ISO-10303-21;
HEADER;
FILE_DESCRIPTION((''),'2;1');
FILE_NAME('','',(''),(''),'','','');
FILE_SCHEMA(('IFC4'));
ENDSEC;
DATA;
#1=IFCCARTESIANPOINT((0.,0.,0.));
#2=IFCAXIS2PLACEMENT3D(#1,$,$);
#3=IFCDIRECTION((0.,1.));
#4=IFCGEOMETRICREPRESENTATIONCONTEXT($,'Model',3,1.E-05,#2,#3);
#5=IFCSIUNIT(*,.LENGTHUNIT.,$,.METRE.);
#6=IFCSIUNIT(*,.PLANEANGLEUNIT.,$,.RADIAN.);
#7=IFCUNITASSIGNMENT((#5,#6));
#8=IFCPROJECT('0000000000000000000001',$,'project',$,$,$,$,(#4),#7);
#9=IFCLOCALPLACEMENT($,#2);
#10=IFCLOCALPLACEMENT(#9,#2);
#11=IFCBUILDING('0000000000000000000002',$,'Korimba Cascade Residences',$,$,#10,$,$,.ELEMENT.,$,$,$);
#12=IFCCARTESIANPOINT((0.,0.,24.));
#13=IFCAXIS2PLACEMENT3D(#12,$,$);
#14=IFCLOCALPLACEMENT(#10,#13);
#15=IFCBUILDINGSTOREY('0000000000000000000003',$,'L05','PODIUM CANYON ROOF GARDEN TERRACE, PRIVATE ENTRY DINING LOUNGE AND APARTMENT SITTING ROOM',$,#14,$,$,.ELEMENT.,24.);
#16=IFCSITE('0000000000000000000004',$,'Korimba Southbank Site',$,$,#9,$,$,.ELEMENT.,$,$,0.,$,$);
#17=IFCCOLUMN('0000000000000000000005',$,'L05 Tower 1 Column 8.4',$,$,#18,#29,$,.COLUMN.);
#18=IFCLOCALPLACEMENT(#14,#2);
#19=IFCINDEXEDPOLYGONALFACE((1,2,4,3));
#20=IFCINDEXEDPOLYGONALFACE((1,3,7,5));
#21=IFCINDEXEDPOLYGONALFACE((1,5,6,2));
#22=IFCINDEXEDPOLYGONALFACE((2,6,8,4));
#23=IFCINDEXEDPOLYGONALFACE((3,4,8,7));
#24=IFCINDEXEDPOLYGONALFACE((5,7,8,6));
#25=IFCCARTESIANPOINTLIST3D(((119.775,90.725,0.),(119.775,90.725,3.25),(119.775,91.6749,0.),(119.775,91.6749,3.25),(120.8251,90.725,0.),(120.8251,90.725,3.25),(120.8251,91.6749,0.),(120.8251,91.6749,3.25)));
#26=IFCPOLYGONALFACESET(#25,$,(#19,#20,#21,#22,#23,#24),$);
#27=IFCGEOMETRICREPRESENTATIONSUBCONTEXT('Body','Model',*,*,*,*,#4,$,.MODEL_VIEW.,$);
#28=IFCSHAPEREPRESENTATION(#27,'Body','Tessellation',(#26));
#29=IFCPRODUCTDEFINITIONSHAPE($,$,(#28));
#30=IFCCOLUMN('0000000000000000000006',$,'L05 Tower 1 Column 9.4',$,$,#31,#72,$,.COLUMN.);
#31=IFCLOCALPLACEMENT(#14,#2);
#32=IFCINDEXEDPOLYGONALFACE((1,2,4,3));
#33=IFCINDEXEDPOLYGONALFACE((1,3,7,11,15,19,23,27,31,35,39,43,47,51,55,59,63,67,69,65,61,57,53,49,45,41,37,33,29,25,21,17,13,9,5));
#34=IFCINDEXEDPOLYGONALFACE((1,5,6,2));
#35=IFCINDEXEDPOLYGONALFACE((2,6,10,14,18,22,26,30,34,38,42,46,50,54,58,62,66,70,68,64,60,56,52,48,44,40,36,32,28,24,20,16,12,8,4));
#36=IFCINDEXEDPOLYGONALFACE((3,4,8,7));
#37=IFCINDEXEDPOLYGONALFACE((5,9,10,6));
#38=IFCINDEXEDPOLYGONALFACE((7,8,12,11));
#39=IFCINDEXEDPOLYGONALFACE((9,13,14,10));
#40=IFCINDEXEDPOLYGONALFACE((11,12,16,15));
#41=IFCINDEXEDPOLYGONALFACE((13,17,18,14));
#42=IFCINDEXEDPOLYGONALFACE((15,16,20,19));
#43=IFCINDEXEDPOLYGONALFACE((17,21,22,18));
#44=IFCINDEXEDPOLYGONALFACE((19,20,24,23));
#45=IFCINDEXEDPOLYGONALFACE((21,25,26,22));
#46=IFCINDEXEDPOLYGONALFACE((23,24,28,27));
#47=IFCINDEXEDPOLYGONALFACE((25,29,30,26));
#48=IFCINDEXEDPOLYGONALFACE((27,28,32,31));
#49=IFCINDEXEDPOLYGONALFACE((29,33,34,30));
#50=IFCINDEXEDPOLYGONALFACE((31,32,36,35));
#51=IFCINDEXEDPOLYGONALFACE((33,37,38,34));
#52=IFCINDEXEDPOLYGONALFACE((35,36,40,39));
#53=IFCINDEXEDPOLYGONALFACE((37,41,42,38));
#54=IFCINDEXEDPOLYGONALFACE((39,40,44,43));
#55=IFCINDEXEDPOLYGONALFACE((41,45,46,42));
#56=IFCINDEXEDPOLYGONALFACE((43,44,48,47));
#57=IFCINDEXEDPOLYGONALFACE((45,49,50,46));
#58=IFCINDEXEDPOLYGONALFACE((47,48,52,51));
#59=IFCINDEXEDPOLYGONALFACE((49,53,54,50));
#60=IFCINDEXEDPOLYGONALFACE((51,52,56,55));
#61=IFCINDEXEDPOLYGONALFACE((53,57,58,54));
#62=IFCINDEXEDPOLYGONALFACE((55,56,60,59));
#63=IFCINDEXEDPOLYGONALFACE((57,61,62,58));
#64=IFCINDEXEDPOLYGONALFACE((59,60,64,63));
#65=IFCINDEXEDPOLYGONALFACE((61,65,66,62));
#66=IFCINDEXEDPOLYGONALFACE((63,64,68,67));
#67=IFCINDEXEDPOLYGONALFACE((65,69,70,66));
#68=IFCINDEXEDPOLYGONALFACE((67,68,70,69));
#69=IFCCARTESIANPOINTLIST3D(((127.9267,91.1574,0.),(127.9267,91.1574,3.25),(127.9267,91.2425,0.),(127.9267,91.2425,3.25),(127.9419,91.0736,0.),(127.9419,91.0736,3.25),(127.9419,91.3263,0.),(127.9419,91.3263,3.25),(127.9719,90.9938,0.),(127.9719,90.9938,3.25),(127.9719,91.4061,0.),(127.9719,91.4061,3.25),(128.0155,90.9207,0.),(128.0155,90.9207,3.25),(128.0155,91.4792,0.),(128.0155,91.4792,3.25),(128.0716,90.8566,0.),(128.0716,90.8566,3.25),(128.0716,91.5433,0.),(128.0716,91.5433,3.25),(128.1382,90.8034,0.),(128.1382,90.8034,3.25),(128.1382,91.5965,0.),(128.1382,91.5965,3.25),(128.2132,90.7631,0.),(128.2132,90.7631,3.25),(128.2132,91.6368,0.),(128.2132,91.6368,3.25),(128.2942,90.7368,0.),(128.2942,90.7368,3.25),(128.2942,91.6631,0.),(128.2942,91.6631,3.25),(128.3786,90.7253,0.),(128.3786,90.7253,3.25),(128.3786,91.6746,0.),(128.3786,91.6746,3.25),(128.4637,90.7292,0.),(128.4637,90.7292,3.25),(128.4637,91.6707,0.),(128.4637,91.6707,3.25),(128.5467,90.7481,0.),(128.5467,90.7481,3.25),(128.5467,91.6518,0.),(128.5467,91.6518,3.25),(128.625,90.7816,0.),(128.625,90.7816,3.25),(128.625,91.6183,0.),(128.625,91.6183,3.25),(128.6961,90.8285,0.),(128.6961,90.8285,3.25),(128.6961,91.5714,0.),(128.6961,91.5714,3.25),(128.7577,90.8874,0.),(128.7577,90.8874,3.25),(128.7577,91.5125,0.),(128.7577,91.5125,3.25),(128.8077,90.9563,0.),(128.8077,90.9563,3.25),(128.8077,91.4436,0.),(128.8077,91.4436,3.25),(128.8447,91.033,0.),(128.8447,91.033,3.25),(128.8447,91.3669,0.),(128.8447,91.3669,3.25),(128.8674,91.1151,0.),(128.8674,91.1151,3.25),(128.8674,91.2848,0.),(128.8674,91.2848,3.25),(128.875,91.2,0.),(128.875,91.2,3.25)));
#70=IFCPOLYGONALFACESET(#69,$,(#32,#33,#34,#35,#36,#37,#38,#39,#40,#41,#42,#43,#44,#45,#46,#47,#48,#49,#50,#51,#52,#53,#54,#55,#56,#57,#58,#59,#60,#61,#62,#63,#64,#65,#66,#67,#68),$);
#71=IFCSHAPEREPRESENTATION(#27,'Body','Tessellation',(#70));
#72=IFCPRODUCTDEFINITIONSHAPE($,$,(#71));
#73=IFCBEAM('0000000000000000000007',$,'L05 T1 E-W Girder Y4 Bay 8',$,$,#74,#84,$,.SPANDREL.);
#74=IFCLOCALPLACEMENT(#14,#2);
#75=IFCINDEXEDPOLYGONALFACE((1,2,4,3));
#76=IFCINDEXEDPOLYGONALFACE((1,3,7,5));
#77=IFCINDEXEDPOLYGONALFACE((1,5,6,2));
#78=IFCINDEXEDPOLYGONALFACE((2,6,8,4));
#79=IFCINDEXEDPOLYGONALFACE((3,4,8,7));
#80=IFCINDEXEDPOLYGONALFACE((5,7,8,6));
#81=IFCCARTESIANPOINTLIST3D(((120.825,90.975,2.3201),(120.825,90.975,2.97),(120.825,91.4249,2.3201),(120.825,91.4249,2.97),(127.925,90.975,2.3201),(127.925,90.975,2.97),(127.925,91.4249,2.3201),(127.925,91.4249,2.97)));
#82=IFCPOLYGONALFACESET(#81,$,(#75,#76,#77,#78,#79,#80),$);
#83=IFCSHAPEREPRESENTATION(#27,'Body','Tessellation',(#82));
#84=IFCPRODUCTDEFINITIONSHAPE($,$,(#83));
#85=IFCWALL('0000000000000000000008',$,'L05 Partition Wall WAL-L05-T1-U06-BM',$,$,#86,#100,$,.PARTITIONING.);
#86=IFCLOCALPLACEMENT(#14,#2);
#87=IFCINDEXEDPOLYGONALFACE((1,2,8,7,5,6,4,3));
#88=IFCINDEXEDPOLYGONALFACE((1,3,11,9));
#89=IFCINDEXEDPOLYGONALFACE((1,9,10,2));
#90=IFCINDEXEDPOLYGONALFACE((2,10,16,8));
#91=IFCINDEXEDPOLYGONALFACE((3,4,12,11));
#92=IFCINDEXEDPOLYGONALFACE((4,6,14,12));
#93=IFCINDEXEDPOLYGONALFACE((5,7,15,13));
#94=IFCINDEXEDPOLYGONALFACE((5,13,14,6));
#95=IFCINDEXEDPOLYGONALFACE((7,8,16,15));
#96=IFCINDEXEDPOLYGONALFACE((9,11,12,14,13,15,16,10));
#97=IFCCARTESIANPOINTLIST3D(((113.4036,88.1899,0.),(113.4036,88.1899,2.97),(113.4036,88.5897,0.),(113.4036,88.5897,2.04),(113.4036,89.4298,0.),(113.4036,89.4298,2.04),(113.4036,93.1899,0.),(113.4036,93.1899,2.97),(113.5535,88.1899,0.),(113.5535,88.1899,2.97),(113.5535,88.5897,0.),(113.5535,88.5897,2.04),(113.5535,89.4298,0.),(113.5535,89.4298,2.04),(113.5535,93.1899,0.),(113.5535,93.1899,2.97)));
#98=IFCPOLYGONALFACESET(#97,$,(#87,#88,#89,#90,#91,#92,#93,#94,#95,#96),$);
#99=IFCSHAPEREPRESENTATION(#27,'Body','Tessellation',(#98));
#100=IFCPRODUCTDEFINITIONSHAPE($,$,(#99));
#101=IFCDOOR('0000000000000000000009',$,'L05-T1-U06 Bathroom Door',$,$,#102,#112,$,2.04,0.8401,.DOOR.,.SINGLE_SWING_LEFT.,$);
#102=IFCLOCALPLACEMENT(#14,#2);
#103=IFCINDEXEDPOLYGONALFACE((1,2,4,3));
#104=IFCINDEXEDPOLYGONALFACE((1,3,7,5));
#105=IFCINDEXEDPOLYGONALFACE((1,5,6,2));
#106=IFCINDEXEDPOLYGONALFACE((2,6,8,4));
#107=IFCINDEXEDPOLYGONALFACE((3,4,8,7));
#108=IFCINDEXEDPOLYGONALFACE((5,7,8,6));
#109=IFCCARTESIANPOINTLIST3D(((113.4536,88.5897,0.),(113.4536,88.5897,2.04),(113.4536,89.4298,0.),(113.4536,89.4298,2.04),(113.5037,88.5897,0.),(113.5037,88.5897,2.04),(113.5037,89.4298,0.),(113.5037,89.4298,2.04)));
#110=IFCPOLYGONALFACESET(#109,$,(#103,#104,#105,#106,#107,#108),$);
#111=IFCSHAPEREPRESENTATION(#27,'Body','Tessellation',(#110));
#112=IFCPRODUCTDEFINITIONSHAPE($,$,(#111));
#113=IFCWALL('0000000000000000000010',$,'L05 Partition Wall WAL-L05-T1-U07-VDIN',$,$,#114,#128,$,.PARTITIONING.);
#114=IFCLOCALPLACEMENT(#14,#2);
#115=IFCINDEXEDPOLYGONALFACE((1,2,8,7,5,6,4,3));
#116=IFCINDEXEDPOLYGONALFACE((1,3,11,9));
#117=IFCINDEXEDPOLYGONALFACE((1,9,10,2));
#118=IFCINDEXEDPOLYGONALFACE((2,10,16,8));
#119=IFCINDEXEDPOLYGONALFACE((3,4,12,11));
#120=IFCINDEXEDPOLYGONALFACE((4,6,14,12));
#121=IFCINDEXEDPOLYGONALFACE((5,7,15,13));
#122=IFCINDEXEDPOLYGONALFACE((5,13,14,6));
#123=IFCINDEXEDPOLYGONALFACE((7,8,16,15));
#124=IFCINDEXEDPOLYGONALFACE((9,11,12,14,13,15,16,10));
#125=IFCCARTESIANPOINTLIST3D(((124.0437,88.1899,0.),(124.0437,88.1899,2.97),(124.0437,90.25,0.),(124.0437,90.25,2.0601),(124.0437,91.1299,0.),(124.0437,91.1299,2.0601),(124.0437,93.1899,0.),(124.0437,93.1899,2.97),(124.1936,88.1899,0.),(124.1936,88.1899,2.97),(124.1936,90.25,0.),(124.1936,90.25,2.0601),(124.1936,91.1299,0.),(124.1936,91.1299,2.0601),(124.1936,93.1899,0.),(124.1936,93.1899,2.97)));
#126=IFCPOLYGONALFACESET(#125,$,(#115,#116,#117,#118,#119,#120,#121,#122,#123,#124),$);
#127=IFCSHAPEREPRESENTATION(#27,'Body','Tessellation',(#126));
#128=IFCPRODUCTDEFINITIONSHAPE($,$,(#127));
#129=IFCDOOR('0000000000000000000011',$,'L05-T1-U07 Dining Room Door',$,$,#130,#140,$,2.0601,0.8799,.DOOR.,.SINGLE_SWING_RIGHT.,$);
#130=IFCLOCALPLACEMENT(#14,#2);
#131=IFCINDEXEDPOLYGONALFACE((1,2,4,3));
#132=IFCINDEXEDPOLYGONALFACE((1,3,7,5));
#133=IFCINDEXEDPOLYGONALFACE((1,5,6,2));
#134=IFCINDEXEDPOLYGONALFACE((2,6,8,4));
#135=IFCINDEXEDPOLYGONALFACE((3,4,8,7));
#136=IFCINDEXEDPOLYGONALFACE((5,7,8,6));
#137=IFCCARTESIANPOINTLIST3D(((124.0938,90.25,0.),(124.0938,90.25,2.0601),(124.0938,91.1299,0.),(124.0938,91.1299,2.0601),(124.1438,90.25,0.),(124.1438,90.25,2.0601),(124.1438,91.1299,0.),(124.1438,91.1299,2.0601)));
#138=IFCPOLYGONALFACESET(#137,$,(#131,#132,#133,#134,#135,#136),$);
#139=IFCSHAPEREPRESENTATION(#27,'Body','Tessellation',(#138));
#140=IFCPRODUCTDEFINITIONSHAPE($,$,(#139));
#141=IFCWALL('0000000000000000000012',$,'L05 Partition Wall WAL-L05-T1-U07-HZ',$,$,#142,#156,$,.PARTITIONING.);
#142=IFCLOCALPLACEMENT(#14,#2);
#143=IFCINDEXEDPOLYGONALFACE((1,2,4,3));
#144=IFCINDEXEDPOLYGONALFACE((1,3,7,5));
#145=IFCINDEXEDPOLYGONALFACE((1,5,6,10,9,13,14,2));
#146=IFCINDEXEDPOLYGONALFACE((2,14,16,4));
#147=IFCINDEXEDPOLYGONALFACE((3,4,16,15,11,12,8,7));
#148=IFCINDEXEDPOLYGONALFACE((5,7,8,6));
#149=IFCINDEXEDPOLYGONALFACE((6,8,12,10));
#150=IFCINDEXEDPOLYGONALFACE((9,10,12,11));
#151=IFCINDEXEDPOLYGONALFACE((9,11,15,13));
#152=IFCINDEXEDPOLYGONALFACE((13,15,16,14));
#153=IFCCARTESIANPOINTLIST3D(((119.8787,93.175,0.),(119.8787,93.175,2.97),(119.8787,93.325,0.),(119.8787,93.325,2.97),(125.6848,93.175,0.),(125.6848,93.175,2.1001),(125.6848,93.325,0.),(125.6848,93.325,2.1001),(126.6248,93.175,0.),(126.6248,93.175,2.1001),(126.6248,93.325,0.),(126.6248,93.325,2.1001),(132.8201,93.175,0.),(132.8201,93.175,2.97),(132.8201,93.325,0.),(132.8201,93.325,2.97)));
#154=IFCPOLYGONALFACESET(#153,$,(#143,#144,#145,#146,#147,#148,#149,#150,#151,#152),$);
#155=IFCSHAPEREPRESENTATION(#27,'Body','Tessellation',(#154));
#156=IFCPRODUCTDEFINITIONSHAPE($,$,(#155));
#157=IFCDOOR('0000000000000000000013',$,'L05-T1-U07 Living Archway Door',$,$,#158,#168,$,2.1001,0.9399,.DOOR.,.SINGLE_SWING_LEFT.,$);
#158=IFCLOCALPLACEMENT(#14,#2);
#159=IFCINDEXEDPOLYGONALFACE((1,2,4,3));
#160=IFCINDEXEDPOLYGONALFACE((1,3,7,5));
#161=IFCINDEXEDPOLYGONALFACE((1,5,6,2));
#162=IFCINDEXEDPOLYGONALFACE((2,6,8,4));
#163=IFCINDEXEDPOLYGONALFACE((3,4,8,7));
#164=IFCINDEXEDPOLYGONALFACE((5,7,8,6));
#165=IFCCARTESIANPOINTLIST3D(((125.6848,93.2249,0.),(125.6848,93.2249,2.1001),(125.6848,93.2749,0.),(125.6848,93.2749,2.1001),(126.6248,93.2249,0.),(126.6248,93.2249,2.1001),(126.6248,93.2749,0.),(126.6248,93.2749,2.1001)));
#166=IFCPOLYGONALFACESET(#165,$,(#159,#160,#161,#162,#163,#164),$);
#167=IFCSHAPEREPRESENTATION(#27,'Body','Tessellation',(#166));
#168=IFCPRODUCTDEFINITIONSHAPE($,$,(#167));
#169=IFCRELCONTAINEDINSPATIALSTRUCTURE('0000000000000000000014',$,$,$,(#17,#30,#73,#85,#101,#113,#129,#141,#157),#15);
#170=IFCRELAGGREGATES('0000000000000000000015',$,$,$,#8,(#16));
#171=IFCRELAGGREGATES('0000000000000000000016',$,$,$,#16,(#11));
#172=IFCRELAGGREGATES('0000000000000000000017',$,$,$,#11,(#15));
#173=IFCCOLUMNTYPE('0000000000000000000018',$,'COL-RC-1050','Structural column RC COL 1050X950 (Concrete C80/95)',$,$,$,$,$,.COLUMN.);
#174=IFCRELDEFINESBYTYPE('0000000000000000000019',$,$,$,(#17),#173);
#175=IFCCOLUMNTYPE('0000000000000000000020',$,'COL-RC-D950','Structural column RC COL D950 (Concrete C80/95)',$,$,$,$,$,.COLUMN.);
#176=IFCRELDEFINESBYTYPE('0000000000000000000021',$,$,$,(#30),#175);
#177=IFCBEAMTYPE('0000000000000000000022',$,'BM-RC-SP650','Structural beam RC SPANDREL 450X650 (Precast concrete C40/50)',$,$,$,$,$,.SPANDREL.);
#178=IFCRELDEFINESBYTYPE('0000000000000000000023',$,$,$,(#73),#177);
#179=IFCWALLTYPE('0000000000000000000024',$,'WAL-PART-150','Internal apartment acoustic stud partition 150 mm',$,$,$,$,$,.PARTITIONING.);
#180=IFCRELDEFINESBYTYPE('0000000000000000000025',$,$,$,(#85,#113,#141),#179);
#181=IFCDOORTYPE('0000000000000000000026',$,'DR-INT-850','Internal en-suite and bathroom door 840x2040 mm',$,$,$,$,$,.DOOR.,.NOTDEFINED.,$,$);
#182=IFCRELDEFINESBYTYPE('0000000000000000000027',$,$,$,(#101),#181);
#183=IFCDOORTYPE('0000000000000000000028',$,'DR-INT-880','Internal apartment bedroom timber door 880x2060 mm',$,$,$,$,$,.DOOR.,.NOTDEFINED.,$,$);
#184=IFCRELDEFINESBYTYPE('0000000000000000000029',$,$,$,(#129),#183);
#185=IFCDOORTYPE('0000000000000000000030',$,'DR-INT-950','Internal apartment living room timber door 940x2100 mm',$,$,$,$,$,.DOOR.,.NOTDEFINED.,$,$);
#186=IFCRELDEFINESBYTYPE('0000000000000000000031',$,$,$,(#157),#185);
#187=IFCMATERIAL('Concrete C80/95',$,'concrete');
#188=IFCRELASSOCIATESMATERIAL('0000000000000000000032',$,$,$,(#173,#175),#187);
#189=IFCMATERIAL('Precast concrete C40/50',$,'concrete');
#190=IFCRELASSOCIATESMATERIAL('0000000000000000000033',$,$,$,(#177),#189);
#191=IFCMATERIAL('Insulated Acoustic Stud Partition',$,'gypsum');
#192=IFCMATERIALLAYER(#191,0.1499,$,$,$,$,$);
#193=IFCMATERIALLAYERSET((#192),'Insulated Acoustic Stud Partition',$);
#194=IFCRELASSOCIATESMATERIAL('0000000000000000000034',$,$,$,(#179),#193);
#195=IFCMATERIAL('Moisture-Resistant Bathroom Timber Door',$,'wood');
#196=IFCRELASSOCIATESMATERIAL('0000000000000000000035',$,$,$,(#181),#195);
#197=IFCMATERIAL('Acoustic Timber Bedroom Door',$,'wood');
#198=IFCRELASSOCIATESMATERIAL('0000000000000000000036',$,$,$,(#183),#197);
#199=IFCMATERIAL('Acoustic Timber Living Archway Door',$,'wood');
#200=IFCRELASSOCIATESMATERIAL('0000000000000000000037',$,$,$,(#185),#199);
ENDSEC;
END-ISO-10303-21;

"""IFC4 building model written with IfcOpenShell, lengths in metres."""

from ifc_helpers import new_model, si_unit, direction, frame, frame_2d, origin, origin_2d, place, context, subcontext, project, spatial, rectangle, circle, extrude, material, layer, layer_set, material_profile, profile_set, type_object, element, fill, save


model = new_model("IFC4")

# Units and contexts
model_context = context("Model", 3, precision=1e-05, world=origin(), true_north=direction((0.0, 1.0)))
body_context = subcontext(model_context, "Body", "Model", "MODEL_VIEW")
ifc_project = project(units=[si_unit("LENGTHUNIT", "METRE"), si_unit("PLANEANGLEUNIT", "RADIAN")], contexts=[model_context])

# Site, building, storey
site_placement = place(None, origin())
site = spatial("IfcSite", under=ifc_project, at=site_placement, Name="Korimba Southbank Site", CompositionType="ELEMENT", RefElevation=0.0)
building_placement = place(site_placement, origin())
building = spatial("IfcBuilding", under=site, at=building_placement, Name="Korimba Cascade Residences", CompositionType="ELEMENT")
storey_placement = place(building_placement, frame((0.0, 0.0, 24.0)))
storey = spatial("IfcBuildingStorey", under=building, at=storey_placement, Name="L05", Description="PODIUM CANYON ROOF GARDEN TERRACE, PRIVATE ENTRY DINING LOUNGE AND APARTMENT SITTING ROOM", CompositionType="ELEMENT", Elevation=24.0)

# Columns
ifc_material_1 = material(Name="Concrete C80/95", Category="concrete")
ifc_material_profile_1 = material_profile(ifc_material_1, rectangle(XDim=1.05, YDim=0.95, at=origin_2d()), Name="Concrete C80/95")
ifc_profile_set_1 = profile_set([ifc_material_profile_1], Name="Concrete C80/95")
column_type_1 = type_object("IfcColumnType", Name="COL-RC-1050", Description="Structural column RC COL 1050X950 (Concrete C80/95)", PredefinedType="COLUMN", material=ifc_profile_set_1)
column_1_placement = place(storey_placement, frame((120.3, 91.2, 0.0), z_axis=(0.0, 0.0, 1.0), x_axis=(1.0, 0.0, 0.0)))
element("IfcColumn", 1, at=column_1_placement, inside=storey, type_object=column_type_1, Name="L05 Tower 1 Column 8.4", PredefinedType="COLUMN", context=body_context, shape_type="SweptSolid", body=[
    extrude(rectangle(XDim=1.05, YDim=0.95, at=origin_2d()), origin(), (0.0, 0.0, 1.0), 3.25),
])
ifc_material_profile_2 = material_profile(ifc_material_1, circle(Radius=0.4751, at=origin_2d()), Name="Concrete C80/95")
ifc_profile_set_2 = profile_set([ifc_material_profile_2], Name="Concrete C80/95")
column_type_2 = type_object("IfcColumnType", Name="COL-RC-D950", Description="Structural column RC COL D950 (Concrete C80/95)", PredefinedType="COLUMN", material=ifc_profile_set_2)
column_2_placement = place(storey_placement, frame((128.3999, 91.2, 0.0), z_axis=(0.0, 0.0, 1.0), x_axis=(1.0, 0.0, 0.0)))
element("IfcColumn", 2, at=column_2_placement, inside=storey, type_object=column_type_2, Name="L05 Tower 1 Column 9.4", PredefinedType="COLUMN", context=body_context, shape_type="SweptSolid", body=[
    extrude(circle(Radius=0.4751, at=origin_2d()), origin(), (0.0, 0.0, 1.0), 3.25),
])

# Beam
ifc_material_2 = material(Name="Precast concrete C40/50", Category="concrete")
ifc_material_profile_3 = material_profile(ifc_material_2, rectangle(XDim=0.45, YDim=0.6499, at=origin_2d()), Name="Precast concrete C40/50")
ifc_profile_set_3 = profile_set([ifc_material_profile_3], Name="Precast concrete C40/50")
beam_type = type_object("IfcBeamType", Name="BM-RC-SP650", Description="Structural beam RC SPANDREL 450X650 (Precast concrete C40/50)", PredefinedType="SPANDREL", material=ifc_profile_set_3)
beam_placement = place(storey_placement, frame((120.825, 91.2, 2.645), z_axis=(1.0, 0.0, 0.0), x_axis=(0.0, 1.0, 0.0)))
element("IfcBeam", 3, at=beam_placement, inside=storey, type_object=beam_type, Name="L05 T1 E-W Girder Y4 Bay 8", PredefinedType="SPANDREL", context=body_context, shape_type="SweptSolid", body=[
    extrude(rectangle(XDim=0.45, YDim=0.6499, at=origin_2d()), origin(), (0.0, 0.0, 1.0), 7.1001),
])

# Walls, openings, doors
ifc_material_3 = material(Name="Insulated Acoustic Stud Partition", Category="gypsum")
ifc_layer = layer(ifc_material_3, 0.1499)
ifc_layer_set = layer_set([ifc_layer], Name="Insulated Acoustic Stud Partition")
wall_type = type_object("IfcWallType", Name="WAL-PART-150", Description="Internal apartment acoustic stud partition 150 mm", PredefinedType="PARTITIONING", material=ifc_layer_set)
wall_1_placement = place(storey_placement, frame((113.4785, 88.1899, 0.0), z_axis=(0.0, 0.0, 1.0), x_axis=(0.0, 1.0, 0.0)))
wall_1 = element("IfcWall", 4, at=wall_1_placement, inside=storey, type_object=wall_type, Name="L05 Partition Wall WAL-L05-T1-U06-BM", PredefinedType="PARTITIONING", context=body_context, shape_type="SweptSolid", body=[
    extrude(rectangle(XDim=5.0, YDim=0.1499, at=frame_2d((2.5, 0.0))), origin(), (0.0, 0.0, 1.0), 2.97),
])
opening_1_placement = place(wall_1_placement, frame((0.3999, 0.0, 0.0)))
opening_1 = element("IfcOpeningElement", 5, at=opening_1_placement, cuts=wall_1, PredefinedType="OPENING", context=body_context, shape_type="SweptSolid", body=[
    extrude(rectangle(XDim=0.8401, YDim=2.04, at=frame_2d((0.4199, 1.02))), frame((0.0, 0.085, 0.0), z_axis=(0.0, -1.0, 0.0), x_axis=(1.0, 0.0, 0.0)), (0.0, 0.0, 1.0), 0.1699),
])
ifc_material_4 = material(Name="Moisture-Resistant Bathroom Timber Door", Category="wood")
door_type_1 = type_object("IfcDoorType", Name="DR-INT-850", Description="Internal en-suite and bathroom door 840x2040 mm", OperationType="NOTDEFINED", PredefinedType="DOOR", material=ifc_material_4)
door_1_placement = place(opening_1_placement, origin())
door_1 = element("IfcDoor", 6, at=door_1_placement, inside=storey, type_object=door_type_1, Name="L05-T1-U06 Bathroom Door", OperationType="SINGLE_SWING_LEFT", OverallHeight=2.04, OverallWidth=0.8401, PredefinedType="DOOR", context=body_context, shape_type="SweptSolid", body=[
    extrude(rectangle(XDim=0.8401, YDim=2.04, at=frame_2d((0.4199, 1.02))), frame((0.0, 0.0249, 0.0), z_axis=(0.0, -1.0, 0.0), x_axis=(1.0, 0.0, 0.0)), (0.0, 0.0, 1.0), 0.05),
])
fill(opening_1, door_1)
wall_2_placement = place(storey_placement, frame((124.1187, 88.1899, 0.0), z_axis=(0.0, 0.0, 1.0), x_axis=(0.0, 1.0, 0.0)))
wall_2 = element("IfcWall", 7, at=wall_2_placement, inside=storey, type_object=wall_type, Name="L05 Partition Wall WAL-L05-T1-U07-VDIN", PredefinedType="PARTITIONING", context=body_context, shape_type="SweptSolid", body=[
    extrude(rectangle(XDim=5.0, YDim=0.1499, at=frame_2d((2.5, 0.0))), origin(), (0.0, 0.0, 1.0), 2.97),
])
opening_2_placement = place(wall_2_placement, frame((2.0601, 0.0, 0.0)))
opening_2 = element("IfcOpeningElement", 8, at=opening_2_placement, cuts=wall_2, PredefinedType="OPENING", context=body_context, shape_type="SweptSolid", body=[
    extrude(rectangle(XDim=0.8799, YDim=2.0601, at=frame_2d((0.4399, 1.03))), frame((0.0, 0.085, 0.0), z_axis=(0.0, -1.0, 0.0), x_axis=(1.0, 0.0, 0.0)), (0.0, 0.0, 1.0), 0.1699),
])
ifc_material_5 = material(Name="Acoustic Timber Bedroom Door", Category="wood")
door_type_2 = type_object("IfcDoorType", Name="DR-INT-880", Description="Internal apartment bedroom timber door 880x2060 mm", OperationType="NOTDEFINED", PredefinedType="DOOR", material=ifc_material_5)
door_2_placement = place(opening_2_placement, origin())
door_2 = element("IfcDoor", 9, at=door_2_placement, inside=storey, type_object=door_type_2, Name="L05-T1-U07 Dining Room Door", OperationType="SINGLE_SWING_RIGHT", OverallHeight=2.0601, OverallWidth=0.8799, PredefinedType="DOOR", context=body_context, shape_type="SweptSolid", body=[
    extrude(rectangle(XDim=0.8799, YDim=2.0601, at=frame_2d((0.4399, 1.03))), frame((0.0, 0.0249, 0.0), z_axis=(0.0, -1.0, 0.0), x_axis=(1.0, 0.0, 0.0)), (0.0, 0.0, 1.0), 0.05),
])
fill(opening_2, door_2)
wall_3_placement = place(storey_placement, frame((119.8787, 93.25, 0.0), z_axis=(0.0, 0.0, 1.0), x_axis=(1.0, 0.0, 0.0)))
wall_3 = element("IfcWall", 10, at=wall_3_placement, inside=storey, type_object=wall_type, Name="L05 Partition Wall WAL-L05-T1-U07-HZ", PredefinedType="PARTITIONING", context=body_context, shape_type="SweptSolid", body=[
    extrude(rectangle(XDim=12.9414, YDim=0.1499, at=frame_2d((6.4707, 0.0))), origin(), (0.0, 0.0, 1.0), 2.97),
])
opening_3_placement = place(wall_3_placement, frame((5.8062, 0.0, 0.0)))
opening_3 = element("IfcOpeningElement", 11, at=opening_3_placement, cuts=wall_3, PredefinedType="OPENING", context=body_context, shape_type="SweptSolid", body=[
    extrude(rectangle(XDim=0.9399, YDim=2.1001, at=frame_2d((0.47, 1.05))), frame((0.0, 0.085, 0.0), z_axis=(0.0, -1.0, 0.0), x_axis=(1.0, 0.0, 0.0)), (0.0, 0.0, 1.0), 0.1699),
])
ifc_material_6 = material(Name="Acoustic Timber Living Archway Door", Category="wood")
door_type_3 = type_object("IfcDoorType", Name="DR-INT-950", Description="Internal apartment living room timber door 940x2100 mm", OperationType="NOTDEFINED", PredefinedType="DOOR", material=ifc_material_6)
door_3_placement = place(opening_3_placement, origin())
door_3 = element("IfcDoor", 12, at=door_3_placement, inside=storey, type_object=door_type_3, Name="L05-T1-U07 Living Archway Door", OperationType="SINGLE_SWING_LEFT", OverallHeight=2.1001, OverallWidth=0.9399, PredefinedType="DOOR", context=body_context, shape_type="SweptSolid", body=[
    extrude(rectangle(XDim=0.9399, YDim=2.1001, at=frame_2d((0.47, 1.05))), frame((0.0, 0.0249, 0.0), z_axis=(0.0, -1.0, 0.0), x_axis=(1.0, 0.0, 0.0)), (0.0, 0.0, 1.0), 0.05),
])
fill(opening_3, door_3)

save(model, "model.ifc")
